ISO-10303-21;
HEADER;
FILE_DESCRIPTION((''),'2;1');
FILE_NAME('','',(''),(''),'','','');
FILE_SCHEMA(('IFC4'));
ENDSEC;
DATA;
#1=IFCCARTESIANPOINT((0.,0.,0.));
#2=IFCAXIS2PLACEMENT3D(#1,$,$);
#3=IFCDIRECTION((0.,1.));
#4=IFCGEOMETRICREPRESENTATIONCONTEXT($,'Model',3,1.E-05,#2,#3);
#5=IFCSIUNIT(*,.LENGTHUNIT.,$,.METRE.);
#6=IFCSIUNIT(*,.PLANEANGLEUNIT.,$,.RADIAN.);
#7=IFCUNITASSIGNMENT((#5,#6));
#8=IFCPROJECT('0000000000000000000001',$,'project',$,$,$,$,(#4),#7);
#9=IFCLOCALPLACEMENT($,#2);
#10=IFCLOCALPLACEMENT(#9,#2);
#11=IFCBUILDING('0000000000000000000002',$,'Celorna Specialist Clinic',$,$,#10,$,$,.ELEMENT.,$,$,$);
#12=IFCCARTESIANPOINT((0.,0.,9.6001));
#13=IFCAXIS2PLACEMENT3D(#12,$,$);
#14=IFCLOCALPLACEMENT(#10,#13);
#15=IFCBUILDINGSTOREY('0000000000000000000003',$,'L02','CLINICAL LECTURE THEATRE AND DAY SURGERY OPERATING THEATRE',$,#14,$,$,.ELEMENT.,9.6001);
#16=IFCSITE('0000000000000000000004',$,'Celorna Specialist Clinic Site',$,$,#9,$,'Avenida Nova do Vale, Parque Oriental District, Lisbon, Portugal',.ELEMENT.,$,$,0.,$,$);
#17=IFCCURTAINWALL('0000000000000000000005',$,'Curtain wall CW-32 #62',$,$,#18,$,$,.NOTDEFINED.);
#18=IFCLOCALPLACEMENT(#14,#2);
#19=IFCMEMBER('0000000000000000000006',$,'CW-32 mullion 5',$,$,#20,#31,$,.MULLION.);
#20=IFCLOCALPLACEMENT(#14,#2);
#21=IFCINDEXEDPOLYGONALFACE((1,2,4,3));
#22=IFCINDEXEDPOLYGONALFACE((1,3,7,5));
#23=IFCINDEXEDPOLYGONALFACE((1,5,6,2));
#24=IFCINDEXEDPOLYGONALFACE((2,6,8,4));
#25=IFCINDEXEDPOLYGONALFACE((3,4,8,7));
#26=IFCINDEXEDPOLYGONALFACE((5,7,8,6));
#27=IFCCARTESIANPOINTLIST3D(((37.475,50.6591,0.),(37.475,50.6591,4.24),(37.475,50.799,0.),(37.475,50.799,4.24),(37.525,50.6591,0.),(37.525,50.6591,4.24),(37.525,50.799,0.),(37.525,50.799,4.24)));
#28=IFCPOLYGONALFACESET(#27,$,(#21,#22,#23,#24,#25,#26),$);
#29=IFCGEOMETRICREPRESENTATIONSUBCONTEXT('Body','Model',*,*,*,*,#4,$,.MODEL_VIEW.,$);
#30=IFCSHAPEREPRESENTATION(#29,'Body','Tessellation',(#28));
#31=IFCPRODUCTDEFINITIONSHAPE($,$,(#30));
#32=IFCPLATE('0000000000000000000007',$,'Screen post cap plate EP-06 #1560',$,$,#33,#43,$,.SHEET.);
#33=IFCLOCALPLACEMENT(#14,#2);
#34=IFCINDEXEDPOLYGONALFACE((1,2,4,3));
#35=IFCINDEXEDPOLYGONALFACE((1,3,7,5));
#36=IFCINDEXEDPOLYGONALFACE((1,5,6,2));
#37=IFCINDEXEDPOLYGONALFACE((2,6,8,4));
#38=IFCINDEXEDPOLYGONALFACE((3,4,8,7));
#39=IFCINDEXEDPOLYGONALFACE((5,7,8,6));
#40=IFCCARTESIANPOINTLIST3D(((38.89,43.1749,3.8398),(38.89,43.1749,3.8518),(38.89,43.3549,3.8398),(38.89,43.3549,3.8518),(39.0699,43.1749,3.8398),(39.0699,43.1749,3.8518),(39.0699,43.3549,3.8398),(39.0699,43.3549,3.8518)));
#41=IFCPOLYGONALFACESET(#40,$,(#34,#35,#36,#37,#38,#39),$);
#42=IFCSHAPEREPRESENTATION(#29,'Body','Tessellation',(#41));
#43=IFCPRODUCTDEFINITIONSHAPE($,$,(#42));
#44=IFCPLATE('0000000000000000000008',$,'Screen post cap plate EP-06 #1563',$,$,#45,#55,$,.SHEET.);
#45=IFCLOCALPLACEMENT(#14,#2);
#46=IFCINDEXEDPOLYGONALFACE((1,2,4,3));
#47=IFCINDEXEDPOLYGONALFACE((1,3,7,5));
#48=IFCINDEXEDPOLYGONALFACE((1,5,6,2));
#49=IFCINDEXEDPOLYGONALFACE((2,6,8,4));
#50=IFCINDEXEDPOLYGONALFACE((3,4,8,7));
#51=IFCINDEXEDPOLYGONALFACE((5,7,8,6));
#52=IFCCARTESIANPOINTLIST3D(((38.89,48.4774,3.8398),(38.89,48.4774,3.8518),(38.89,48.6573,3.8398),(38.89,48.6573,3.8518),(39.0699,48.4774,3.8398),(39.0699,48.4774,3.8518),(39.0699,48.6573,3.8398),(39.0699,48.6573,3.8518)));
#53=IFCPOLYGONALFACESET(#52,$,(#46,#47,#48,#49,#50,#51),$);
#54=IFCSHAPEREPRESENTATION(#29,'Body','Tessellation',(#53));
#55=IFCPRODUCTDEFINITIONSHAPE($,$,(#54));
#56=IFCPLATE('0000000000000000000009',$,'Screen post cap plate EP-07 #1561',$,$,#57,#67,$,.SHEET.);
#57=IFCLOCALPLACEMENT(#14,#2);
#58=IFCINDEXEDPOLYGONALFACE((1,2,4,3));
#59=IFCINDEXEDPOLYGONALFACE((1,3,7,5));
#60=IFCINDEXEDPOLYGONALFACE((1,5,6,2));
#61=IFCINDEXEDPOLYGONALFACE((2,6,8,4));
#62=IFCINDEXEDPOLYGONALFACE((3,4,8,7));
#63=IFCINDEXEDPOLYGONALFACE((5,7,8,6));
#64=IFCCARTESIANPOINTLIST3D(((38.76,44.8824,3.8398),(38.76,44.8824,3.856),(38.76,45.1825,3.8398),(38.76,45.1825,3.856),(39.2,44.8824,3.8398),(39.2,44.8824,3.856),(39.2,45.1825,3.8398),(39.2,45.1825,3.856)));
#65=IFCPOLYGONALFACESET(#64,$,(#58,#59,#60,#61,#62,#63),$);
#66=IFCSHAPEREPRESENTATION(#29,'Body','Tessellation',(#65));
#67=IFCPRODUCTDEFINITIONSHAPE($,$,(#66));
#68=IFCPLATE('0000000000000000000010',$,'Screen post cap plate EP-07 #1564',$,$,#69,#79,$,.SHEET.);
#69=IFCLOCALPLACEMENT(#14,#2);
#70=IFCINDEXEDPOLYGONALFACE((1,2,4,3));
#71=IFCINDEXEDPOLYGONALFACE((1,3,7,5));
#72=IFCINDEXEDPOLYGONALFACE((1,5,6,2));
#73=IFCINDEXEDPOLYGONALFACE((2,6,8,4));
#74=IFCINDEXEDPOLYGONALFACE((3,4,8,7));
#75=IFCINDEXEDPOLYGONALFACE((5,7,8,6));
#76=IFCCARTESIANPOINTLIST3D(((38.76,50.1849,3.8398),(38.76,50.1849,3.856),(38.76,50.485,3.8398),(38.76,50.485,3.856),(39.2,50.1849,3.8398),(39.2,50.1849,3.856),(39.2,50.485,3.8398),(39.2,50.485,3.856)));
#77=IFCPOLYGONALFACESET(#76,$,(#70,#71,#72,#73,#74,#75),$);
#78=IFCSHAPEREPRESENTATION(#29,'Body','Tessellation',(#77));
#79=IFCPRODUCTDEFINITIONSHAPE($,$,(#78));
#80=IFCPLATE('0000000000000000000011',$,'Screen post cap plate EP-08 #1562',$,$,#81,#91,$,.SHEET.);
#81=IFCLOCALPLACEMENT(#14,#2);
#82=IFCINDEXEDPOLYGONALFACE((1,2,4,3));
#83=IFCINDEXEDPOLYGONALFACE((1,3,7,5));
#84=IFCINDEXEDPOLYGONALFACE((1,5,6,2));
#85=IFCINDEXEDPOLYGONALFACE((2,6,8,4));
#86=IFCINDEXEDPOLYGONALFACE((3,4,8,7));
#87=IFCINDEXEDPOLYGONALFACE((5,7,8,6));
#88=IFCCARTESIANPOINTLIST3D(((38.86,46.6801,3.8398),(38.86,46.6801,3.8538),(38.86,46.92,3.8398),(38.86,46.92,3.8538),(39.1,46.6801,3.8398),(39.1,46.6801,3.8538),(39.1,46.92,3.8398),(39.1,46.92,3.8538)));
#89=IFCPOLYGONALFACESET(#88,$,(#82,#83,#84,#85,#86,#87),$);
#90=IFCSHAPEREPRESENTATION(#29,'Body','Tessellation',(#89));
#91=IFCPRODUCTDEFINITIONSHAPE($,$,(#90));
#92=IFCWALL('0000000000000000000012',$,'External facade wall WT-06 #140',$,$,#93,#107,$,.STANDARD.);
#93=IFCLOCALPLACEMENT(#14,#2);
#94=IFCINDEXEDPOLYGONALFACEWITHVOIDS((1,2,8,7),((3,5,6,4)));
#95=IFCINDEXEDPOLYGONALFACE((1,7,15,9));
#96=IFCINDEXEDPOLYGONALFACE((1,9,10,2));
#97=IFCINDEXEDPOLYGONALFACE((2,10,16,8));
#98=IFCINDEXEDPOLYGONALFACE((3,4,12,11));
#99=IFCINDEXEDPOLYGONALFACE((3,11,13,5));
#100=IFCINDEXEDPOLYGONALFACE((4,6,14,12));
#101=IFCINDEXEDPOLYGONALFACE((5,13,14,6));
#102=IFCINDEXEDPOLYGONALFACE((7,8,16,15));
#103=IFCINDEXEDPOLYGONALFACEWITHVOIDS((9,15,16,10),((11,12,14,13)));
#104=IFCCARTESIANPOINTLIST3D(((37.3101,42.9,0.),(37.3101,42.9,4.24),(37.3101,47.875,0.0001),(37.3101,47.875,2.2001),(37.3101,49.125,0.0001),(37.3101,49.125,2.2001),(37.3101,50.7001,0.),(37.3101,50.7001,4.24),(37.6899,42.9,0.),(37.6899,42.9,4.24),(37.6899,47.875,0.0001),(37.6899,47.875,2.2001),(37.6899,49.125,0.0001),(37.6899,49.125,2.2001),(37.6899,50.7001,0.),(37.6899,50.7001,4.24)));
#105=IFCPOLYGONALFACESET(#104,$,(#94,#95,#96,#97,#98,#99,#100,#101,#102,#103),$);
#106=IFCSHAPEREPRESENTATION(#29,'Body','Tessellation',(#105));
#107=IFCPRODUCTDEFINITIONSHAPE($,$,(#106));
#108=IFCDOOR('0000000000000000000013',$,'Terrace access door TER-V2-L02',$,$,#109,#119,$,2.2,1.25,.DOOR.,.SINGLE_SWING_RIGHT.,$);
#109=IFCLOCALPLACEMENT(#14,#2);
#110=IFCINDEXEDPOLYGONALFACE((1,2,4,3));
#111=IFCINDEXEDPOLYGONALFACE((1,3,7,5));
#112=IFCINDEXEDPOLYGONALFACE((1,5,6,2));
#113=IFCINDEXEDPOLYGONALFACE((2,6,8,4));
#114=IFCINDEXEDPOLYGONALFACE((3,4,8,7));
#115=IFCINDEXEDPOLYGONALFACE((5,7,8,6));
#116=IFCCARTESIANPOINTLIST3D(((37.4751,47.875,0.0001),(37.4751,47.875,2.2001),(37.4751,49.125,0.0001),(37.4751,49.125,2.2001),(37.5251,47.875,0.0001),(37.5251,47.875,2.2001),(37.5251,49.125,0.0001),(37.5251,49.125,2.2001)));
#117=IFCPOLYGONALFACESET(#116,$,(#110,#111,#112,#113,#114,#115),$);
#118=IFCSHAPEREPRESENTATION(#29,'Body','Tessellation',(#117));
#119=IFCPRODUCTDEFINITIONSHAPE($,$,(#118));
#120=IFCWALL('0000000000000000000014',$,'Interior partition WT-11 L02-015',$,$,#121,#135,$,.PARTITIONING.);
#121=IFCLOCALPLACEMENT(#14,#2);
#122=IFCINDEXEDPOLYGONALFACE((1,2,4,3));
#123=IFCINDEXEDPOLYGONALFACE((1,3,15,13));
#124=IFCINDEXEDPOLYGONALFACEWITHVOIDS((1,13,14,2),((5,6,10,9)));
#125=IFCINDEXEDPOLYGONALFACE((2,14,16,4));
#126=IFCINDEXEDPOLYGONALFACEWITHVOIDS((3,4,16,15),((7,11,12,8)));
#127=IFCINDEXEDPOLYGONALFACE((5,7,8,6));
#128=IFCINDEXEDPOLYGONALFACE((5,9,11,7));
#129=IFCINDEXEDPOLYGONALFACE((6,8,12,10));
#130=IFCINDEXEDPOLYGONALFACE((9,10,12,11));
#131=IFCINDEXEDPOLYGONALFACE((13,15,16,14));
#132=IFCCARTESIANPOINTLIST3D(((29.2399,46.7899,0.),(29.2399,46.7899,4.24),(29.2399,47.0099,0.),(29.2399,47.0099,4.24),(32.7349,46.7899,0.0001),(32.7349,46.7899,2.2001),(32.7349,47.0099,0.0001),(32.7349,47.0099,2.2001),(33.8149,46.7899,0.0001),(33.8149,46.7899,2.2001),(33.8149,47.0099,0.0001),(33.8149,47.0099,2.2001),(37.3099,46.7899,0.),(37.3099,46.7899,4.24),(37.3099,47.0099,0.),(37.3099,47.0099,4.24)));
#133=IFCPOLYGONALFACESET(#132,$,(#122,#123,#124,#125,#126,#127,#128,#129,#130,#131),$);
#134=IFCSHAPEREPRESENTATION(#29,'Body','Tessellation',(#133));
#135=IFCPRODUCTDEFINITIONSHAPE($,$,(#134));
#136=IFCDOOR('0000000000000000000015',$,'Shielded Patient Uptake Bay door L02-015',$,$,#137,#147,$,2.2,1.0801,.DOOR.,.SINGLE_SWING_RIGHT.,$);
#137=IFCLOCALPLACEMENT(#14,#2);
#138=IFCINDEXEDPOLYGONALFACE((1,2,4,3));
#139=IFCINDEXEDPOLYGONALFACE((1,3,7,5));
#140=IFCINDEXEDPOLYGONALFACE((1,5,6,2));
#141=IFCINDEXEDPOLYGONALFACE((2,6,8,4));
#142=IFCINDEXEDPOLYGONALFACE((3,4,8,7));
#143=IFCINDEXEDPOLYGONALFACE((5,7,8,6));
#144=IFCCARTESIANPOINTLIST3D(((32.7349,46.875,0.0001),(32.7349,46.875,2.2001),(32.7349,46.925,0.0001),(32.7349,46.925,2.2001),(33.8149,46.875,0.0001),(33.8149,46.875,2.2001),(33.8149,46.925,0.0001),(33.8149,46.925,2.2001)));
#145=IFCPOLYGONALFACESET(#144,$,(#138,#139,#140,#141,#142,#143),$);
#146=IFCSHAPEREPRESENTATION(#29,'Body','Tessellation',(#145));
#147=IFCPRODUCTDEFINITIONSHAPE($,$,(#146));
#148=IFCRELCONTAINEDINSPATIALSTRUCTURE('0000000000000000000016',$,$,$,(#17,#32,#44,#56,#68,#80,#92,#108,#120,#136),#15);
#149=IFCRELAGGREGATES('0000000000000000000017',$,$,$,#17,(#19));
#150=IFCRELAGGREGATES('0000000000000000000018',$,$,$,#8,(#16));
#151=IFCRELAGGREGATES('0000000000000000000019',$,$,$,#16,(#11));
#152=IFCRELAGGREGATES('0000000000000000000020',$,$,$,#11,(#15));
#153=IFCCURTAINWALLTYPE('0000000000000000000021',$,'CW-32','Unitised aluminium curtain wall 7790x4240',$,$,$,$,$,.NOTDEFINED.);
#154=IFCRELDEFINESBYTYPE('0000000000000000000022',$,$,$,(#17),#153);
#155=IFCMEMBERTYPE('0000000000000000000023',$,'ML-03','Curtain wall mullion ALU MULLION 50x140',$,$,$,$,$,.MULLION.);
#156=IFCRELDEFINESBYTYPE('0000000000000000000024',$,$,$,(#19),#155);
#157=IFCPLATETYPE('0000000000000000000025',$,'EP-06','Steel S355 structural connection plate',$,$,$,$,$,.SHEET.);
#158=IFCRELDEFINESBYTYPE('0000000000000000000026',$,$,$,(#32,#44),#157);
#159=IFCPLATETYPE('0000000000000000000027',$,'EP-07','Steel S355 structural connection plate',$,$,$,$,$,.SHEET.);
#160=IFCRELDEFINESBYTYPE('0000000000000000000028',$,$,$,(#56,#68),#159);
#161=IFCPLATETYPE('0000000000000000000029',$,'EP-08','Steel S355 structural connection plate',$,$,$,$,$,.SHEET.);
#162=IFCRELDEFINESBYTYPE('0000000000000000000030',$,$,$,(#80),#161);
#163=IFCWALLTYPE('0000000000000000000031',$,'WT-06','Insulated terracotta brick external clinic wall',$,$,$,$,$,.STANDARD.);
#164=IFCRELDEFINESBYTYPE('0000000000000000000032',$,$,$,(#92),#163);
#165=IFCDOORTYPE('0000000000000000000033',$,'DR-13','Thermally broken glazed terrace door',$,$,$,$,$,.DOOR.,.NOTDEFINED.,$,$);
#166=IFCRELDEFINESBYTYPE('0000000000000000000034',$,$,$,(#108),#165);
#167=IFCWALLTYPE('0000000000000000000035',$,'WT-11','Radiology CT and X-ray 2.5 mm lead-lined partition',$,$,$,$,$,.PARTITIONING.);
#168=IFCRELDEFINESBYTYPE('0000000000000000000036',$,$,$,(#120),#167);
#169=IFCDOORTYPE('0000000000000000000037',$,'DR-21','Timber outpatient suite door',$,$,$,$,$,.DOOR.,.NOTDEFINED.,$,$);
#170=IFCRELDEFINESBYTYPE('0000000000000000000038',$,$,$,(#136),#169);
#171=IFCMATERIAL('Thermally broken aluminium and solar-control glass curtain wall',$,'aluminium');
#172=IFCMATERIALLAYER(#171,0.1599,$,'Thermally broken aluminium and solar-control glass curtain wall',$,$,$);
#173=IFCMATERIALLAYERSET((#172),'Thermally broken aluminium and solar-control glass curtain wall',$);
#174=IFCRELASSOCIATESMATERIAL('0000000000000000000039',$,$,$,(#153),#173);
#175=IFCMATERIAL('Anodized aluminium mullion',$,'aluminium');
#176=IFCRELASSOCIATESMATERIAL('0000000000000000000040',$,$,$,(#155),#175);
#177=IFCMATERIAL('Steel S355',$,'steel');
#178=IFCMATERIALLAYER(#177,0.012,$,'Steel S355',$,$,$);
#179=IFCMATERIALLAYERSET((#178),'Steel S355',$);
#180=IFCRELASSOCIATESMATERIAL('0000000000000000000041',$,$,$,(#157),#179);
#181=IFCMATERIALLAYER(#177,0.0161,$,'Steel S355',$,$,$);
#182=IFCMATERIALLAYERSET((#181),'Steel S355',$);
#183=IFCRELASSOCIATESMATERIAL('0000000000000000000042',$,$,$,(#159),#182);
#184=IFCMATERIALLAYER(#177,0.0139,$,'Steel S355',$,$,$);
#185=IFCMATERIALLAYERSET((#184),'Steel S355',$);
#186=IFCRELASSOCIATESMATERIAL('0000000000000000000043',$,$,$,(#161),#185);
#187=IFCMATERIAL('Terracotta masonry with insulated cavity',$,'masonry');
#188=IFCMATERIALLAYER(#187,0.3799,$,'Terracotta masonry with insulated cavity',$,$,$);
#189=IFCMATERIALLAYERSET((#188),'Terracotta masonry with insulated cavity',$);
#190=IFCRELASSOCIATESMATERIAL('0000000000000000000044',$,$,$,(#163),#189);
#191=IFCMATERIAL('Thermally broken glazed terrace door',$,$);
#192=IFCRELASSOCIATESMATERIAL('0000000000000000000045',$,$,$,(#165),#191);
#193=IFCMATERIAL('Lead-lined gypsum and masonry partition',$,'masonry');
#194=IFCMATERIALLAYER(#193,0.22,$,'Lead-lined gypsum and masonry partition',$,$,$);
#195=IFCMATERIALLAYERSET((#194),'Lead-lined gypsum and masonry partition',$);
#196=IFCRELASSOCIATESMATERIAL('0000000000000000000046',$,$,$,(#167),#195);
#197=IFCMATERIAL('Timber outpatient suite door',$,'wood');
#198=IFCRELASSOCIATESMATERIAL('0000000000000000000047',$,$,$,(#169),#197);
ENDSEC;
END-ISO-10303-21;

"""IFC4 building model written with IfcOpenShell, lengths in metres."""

from ifc_helpers import new_model, si_unit, direction, frame, frame_2d, origin, origin_2d, place, context, subcontext, project, spatial, rectangle, extrude, material, layer, layer_set, material_profile, profile_set, type_object, element, fill, aggregate, save


model = new_model("IFC4")

# Units and contexts
model_context = context("Model", 3, precision=1e-05, world=origin(), true_north=direction((0.0, 1.0)))
body_context = subcontext(model_context, "Body", "Model", "MODEL_VIEW")
ifc_project = project(units=[si_unit("LENGTHUNIT", "METRE"), si_unit("PLANEANGLEUNIT", "RADIAN")], contexts=[model_context])

# Site, building, storey
site_placement = place(None, origin())
site = spatial("IfcSite", under=ifc_project, at=site_placement, Name="Celorna Specialist Clinic Site", LongName="Avenida Nova do Vale, Parque Oriental District, Lisbon, Portugal", CompositionType="ELEMENT", RefElevation=0.0)
building_placement = place(site_placement, origin())
building = spatial("IfcBuilding", under=site, at=building_placement, Name="Celorna Specialist Clinic", CompositionType="ELEMENT")
storey_placement = place(building_placement, frame((0.0, 0.0, 9.6001)))
storey = spatial("IfcBuildingStorey", under=building, at=storey_placement, Name="L02", Description="CLINICAL LECTURE THEATRE AND DAY SURGERY OPERATING THEATRE", CompositionType="ELEMENT", Elevation=9.6001)

# Shared definitions
ifc_material_1 = material(Name="Steel S355", Category="steel")

# Curtain wall, member
ifc_material_2 = material(Name="Thermally broken aluminium and solar-control glass curtain wall", Category="aluminium")
ifc_material_3 = material(Name="Anodized aluminium mullion", Category="aluminium")
ifc_layer_1 = layer(ifc_material_2, 0.1599, Name="Thermally broken aluminium and solar-control glass curtain wall")
ifc_layer_set_1 = layer_set([ifc_layer_1], Name="Thermally broken aluminium and solar-control glass curtain wall")
curtain_wall_type_1 = type_object("IfcCurtainWallType", Name="CW-32", Description="Unitised aluminium curtain wall 7790x4240", PredefinedType="NOTDEFINED", material=ifc_layer_set_1)
curtain_wall_1_placement = place(storey_placement, origin())
curtain_wall_1 = element("IfcCurtainWall", 1, at=curtain_wall_1_placement, inside=storey, type_object=curtain_wall_type_1, Name="Curtain wall CW-32 #62", PredefinedType="NOTDEFINED")
ifc_material_profile_1 = material_profile(ifc_material_3, rectangle(XDim=0.05, YDim=0.1399, at=origin_2d()), Name="ALU MULLION 50x140")
ifc_profile_set_1 = profile_set([ifc_material_profile_1], Name="Anodized aluminium mullion")
member_type_1 = type_object("IfcMemberType", Name="ML-03", Description="Curtain wall mullion ALU MULLION 50x140", PredefinedType="MULLION", material=ifc_profile_set_1)
member_1_placement = place(storey_placement, frame((37.5, 50.729, 0.0), z_axis=(0.0, 0.0, 1.0), x_axis=(1.0, 0.0, 0.0)))
member_1 = element("IfcMember", 2, at=member_1_placement, type_object=member_type_1, Name="CW-32 mullion 5", PredefinedType="MULLION", context=body_context, shape_type="SweptSolid", body=[
    extrude(rectangle(XDim=0.05, YDim=0.1399, at=origin_2d()), origin(), (0.0, 0.0, 1.0), 4.24),
])
aggregate(curtain_wall_1, [member_1])

# Plates
ifc_layer_2 = layer(ifc_material_1, 0.012, Name="Steel S355")
ifc_layer_set_2 = layer_set([ifc_layer_2], Name="Steel S355")
plate_type_1 = type_object("IfcPlateType", Name="EP-06", Description="Steel S355 structural connection plate", PredefinedType="SHEET", material=ifc_layer_set_2)
for number, where, z_axis, x_axis, name in (
    (3, (38.98, 43.2649, 3.8398), (0.0, 0.0, 1.0), (0.0, 1.0, 0.0), "Screen post cap plate EP-06 #1560"),
    (4, (38.98, 48.5674, 3.8398), (0.0, 0.0, 1.0), (0.0, 1.0, 0.0), "Screen post cap plate EP-06 #1563"),
):
    element("IfcPlate", number, at=place(storey_placement, frame(where, z_axis=z_axis, x_axis=x_axis)), inside=storey, type_object=plate_type_1, Name=name, PredefinedType="SHEET", context=body_context, shape_type="SweptSolid", body=[
        extrude(rectangle(XDim=0.1799, YDim=0.1799, at=origin_2d()), origin(), (0.0, 0.0, 1.0), 0.012),
    ])
ifc_layer_3 = layer(ifc_material_1, 0.0161, Name="Steel S355")
ifc_layer_set_3 = layer_set([ifc_layer_3], Name="Steel S355")
plate_type_2 = type_object("IfcPlateType", Name="EP-07", Description="Steel S355 structural connection plate", PredefinedType="SHEET", material=ifc_layer_set_3)
for number, where, z_axis, x_axis, name in (
    (5, (38.98, 45.0325, 3.8398), (0.0, 0.0, 1.0), (0.0, 1.0, 0.0), "Screen post cap plate EP-07 #1561"),
    (6, (38.98, 50.335, 3.8398), (0.0, 0.0, 1.0), (0.0, 1.0, 0.0), "Screen post cap plate EP-07 #1564"),
):
    element("IfcPlate", number, at=place(storey_placement, frame(where, z_axis=z_axis, x_axis=x_axis)), inside=storey, type_object=plate_type_2, Name=name, PredefinedType="SHEET", context=body_context, shape_type="SweptSolid", body=[
        extrude(rectangle(XDim=0.3, YDim=0.4399, at=origin_2d()), origin(), (0.0, 0.0, 1.0), 0.0161),
    ])
ifc_layer_4 = layer(ifc_material_1, 0.0139, Name="Steel S355")
ifc_layer_set_4 = layer_set([ifc_layer_4], Name="Steel S355")
plate_type_3 = type_object("IfcPlateType", Name="EP-08", Description="Steel S355 structural connection plate", PredefinedType="SHEET", material=ifc_layer_set_4)
plate_placement = place(storey_placement, frame((38.98, 46.8, 3.8398), z_axis=(0.0, 0.0, 1.0), x_axis=(0.0, 1.0, 0.0)))
element("IfcPlate", 7, at=plate_placement, inside=storey, type_object=plate_type_3, Name="Screen post cap plate EP-08 #1562", PredefinedType="SHEET", context=body_context, shape_type="SweptSolid", body=[
    extrude(rectangle(XDim=0.24, YDim=0.24, at=origin_2d()), origin(), (0.0, 0.0, 1.0), 0.0139),
])

# Walls, openings, doors
ifc_material_4 = material(Name="Terracotta masonry with insulated cavity", Category="masonry")
ifc_layer_5 = layer(ifc_material_4, 0.3799, Name="Terracotta masonry with insulated cavity")
ifc_layer_set_5 = layer_set([ifc_layer_5], Name="Terracotta masonry with insulated cavity")
wall_type_1 = type_object("IfcWallType", Name="WT-06", Description="Insulated terracotta brick external clinic wall", PredefinedType="STANDARD", material=ifc_layer_set_5)
wall_1_placement = place(storey_placement, frame((37.5, 50.7, 0.0), z_axis=(0.0, 0.0, 1.0), x_axis=(0.0, -1.0, 0.0)))
wall_1 = element("IfcWall", 8, at=wall_1_placement, inside=storey, type_object=wall_type_1, Name="External facade wall WT-06 #140", PredefinedType="STANDARD", context=body_context, shape_type="SweptSolid", body=[
    extrude(rectangle(XDim=7.8, YDim=0.3799, at=frame_2d((3.8999, 0.0))), origin(), (0.0, 0.0, 1.0), 4.24),
])
opening_1_placement = place(wall_1_placement, frame((1.575, 0.0, 0.0)))
opening_1 = element("IfcOpeningElement", 9, at=opening_1_placement, cuts=wall_1, PredefinedType="OPENING", context=body_context, shape_type="SweptSolid", body=[
    extrude(rectangle(XDim=1.25, YDim=2.2, at=frame_2d((0.625, 1.1001))), frame((0.0, 0.2, 0.0), z_axis=(0.0, -1.0, 0.0), x_axis=(1.0, 0.0, 0.0)), (0.0, 0.0, 1.0), 0.3999),
])
ifc_material_5 = material(Name="Thermally broken glazed terrace door")
door_type_1 = type_object("IfcDoorType", Name="DR-13", Description="Thermally broken glazed terrace door", OperationType="NOTDEFINED", PredefinedType="DOOR", material=ifc_material_5)
door_1_placement = place(opening_1_placement, frame((1.25, 0.0, 0.0), z_axis=(0.0, 0.0, 1.0), x_axis=(-1.0, 0.0, 0.0)))
door_1 = element("IfcDoor", 10, at=door_1_placement, inside=storey, type_object=door_type_1, Name="Terrace access door TER-V2-L02", OperationType="SINGLE_SWING_RIGHT", OverallHeight=2.2, OverallWidth=1.25, PredefinedType="DOOR", context=body_context, shape_type="SweptSolid", body=[
    extrude(rectangle(XDim=1.25, YDim=2.2, at=frame_2d((0.625, 1.1001))), frame((0.0, 0.0249, 0.0), z_axis=(0.0, -1.0, 0.0), x_axis=(1.0, 0.0, 0.0)), (0.0, 0.0, 1.0), 0.05),
])
fill(opening_1, door_1)
ifc_material_6 = material(Name="Lead-lined gypsum and masonry partition", Category="masonry")
ifc_layer_6 = layer(ifc_material_6, 0.22, Name="Lead-lined gypsum and masonry partition")
ifc_layer_set_6 = layer_set([ifc_layer_6], Name="Lead-lined gypsum and masonry partition")
wall_type_2 = type_object("IfcWallType", Name="WT-11", Description="Radiology CT and X-ray 2.5 mm lead-lined partition", PredefinedType="PARTITIONING", material=ifc_layer_set_6)
wall_2_placement = place(storey_placement, frame((37.3101, 46.8999, 0.0), z_axis=(0.0, 0.0, 1.0), x_axis=(-1.0, 0.0, 0.0)))
wall_2 = element("IfcWall", 11, at=wall_2_placement, inside=storey, type_object=wall_type_2, Name="Interior partition WT-11 L02-015", PredefinedType="PARTITIONING", context=body_context, shape_type="SweptSolid", body=[
    extrude(rectangle(XDim=8.0701, YDim=0.22, at=frame_2d((4.0352, 0.0))), origin(), (0.0, 0.0, 1.0), 4.24),
])
opening_2_placement = place(wall_2_placement, frame((3.4951, 0.0, 0.0)))
opening_2 = element("IfcOpeningElement", 12, at=opening_2_placement, cuts=wall_2, PredefinedType="OPENING", context=body_context, shape_type="SweptSolid", body=[
    extrude(rectangle(XDim=1.0801, YDim=2.2, at=frame_2d((0.54, 1.1001))), frame((0.0, 0.1199, 0.0), z_axis=(0.0, -1.0, 0.0), x_axis=(1.0, 0.0, 0.0)), (0.0, 0.0, 1.0), 0.24),
])
ifc_material_7 = material(Name="Timber outpatient suite door", Category="wood")
door_type_2 = type_object("IfcDoorType", Name="DR-21", Description="Timber outpatient suite door", OperationType="NOTDEFINED", PredefinedType="DOOR", material=ifc_material_7)
door_2_placement = place(opening_2_placement, origin())
door_2 = element("IfcDoor", 13, at=door_2_placement, inside=storey, type_object=door_type_2, Name="Shielded Patient Uptake Bay door L02-015", OperationType="SINGLE_SWING_RIGHT", OverallHeight=2.2, OverallWidth=1.0801, PredefinedType="DOOR", context=body_context, shape_type="SweptSolid", body=[
    extrude(rectangle(XDim=1.0801, YDim=2.2, at=frame_2d((0.54, 1.1001))), frame((0.0, 0.0249, 0.0), z_axis=(0.0, -1.0, 0.0), x_axis=(1.0, 0.0, 0.0)), (0.0, 0.0, 1.0), 0.05),
])
fill(opening_2, door_2)

save(model, "model.ifc")
